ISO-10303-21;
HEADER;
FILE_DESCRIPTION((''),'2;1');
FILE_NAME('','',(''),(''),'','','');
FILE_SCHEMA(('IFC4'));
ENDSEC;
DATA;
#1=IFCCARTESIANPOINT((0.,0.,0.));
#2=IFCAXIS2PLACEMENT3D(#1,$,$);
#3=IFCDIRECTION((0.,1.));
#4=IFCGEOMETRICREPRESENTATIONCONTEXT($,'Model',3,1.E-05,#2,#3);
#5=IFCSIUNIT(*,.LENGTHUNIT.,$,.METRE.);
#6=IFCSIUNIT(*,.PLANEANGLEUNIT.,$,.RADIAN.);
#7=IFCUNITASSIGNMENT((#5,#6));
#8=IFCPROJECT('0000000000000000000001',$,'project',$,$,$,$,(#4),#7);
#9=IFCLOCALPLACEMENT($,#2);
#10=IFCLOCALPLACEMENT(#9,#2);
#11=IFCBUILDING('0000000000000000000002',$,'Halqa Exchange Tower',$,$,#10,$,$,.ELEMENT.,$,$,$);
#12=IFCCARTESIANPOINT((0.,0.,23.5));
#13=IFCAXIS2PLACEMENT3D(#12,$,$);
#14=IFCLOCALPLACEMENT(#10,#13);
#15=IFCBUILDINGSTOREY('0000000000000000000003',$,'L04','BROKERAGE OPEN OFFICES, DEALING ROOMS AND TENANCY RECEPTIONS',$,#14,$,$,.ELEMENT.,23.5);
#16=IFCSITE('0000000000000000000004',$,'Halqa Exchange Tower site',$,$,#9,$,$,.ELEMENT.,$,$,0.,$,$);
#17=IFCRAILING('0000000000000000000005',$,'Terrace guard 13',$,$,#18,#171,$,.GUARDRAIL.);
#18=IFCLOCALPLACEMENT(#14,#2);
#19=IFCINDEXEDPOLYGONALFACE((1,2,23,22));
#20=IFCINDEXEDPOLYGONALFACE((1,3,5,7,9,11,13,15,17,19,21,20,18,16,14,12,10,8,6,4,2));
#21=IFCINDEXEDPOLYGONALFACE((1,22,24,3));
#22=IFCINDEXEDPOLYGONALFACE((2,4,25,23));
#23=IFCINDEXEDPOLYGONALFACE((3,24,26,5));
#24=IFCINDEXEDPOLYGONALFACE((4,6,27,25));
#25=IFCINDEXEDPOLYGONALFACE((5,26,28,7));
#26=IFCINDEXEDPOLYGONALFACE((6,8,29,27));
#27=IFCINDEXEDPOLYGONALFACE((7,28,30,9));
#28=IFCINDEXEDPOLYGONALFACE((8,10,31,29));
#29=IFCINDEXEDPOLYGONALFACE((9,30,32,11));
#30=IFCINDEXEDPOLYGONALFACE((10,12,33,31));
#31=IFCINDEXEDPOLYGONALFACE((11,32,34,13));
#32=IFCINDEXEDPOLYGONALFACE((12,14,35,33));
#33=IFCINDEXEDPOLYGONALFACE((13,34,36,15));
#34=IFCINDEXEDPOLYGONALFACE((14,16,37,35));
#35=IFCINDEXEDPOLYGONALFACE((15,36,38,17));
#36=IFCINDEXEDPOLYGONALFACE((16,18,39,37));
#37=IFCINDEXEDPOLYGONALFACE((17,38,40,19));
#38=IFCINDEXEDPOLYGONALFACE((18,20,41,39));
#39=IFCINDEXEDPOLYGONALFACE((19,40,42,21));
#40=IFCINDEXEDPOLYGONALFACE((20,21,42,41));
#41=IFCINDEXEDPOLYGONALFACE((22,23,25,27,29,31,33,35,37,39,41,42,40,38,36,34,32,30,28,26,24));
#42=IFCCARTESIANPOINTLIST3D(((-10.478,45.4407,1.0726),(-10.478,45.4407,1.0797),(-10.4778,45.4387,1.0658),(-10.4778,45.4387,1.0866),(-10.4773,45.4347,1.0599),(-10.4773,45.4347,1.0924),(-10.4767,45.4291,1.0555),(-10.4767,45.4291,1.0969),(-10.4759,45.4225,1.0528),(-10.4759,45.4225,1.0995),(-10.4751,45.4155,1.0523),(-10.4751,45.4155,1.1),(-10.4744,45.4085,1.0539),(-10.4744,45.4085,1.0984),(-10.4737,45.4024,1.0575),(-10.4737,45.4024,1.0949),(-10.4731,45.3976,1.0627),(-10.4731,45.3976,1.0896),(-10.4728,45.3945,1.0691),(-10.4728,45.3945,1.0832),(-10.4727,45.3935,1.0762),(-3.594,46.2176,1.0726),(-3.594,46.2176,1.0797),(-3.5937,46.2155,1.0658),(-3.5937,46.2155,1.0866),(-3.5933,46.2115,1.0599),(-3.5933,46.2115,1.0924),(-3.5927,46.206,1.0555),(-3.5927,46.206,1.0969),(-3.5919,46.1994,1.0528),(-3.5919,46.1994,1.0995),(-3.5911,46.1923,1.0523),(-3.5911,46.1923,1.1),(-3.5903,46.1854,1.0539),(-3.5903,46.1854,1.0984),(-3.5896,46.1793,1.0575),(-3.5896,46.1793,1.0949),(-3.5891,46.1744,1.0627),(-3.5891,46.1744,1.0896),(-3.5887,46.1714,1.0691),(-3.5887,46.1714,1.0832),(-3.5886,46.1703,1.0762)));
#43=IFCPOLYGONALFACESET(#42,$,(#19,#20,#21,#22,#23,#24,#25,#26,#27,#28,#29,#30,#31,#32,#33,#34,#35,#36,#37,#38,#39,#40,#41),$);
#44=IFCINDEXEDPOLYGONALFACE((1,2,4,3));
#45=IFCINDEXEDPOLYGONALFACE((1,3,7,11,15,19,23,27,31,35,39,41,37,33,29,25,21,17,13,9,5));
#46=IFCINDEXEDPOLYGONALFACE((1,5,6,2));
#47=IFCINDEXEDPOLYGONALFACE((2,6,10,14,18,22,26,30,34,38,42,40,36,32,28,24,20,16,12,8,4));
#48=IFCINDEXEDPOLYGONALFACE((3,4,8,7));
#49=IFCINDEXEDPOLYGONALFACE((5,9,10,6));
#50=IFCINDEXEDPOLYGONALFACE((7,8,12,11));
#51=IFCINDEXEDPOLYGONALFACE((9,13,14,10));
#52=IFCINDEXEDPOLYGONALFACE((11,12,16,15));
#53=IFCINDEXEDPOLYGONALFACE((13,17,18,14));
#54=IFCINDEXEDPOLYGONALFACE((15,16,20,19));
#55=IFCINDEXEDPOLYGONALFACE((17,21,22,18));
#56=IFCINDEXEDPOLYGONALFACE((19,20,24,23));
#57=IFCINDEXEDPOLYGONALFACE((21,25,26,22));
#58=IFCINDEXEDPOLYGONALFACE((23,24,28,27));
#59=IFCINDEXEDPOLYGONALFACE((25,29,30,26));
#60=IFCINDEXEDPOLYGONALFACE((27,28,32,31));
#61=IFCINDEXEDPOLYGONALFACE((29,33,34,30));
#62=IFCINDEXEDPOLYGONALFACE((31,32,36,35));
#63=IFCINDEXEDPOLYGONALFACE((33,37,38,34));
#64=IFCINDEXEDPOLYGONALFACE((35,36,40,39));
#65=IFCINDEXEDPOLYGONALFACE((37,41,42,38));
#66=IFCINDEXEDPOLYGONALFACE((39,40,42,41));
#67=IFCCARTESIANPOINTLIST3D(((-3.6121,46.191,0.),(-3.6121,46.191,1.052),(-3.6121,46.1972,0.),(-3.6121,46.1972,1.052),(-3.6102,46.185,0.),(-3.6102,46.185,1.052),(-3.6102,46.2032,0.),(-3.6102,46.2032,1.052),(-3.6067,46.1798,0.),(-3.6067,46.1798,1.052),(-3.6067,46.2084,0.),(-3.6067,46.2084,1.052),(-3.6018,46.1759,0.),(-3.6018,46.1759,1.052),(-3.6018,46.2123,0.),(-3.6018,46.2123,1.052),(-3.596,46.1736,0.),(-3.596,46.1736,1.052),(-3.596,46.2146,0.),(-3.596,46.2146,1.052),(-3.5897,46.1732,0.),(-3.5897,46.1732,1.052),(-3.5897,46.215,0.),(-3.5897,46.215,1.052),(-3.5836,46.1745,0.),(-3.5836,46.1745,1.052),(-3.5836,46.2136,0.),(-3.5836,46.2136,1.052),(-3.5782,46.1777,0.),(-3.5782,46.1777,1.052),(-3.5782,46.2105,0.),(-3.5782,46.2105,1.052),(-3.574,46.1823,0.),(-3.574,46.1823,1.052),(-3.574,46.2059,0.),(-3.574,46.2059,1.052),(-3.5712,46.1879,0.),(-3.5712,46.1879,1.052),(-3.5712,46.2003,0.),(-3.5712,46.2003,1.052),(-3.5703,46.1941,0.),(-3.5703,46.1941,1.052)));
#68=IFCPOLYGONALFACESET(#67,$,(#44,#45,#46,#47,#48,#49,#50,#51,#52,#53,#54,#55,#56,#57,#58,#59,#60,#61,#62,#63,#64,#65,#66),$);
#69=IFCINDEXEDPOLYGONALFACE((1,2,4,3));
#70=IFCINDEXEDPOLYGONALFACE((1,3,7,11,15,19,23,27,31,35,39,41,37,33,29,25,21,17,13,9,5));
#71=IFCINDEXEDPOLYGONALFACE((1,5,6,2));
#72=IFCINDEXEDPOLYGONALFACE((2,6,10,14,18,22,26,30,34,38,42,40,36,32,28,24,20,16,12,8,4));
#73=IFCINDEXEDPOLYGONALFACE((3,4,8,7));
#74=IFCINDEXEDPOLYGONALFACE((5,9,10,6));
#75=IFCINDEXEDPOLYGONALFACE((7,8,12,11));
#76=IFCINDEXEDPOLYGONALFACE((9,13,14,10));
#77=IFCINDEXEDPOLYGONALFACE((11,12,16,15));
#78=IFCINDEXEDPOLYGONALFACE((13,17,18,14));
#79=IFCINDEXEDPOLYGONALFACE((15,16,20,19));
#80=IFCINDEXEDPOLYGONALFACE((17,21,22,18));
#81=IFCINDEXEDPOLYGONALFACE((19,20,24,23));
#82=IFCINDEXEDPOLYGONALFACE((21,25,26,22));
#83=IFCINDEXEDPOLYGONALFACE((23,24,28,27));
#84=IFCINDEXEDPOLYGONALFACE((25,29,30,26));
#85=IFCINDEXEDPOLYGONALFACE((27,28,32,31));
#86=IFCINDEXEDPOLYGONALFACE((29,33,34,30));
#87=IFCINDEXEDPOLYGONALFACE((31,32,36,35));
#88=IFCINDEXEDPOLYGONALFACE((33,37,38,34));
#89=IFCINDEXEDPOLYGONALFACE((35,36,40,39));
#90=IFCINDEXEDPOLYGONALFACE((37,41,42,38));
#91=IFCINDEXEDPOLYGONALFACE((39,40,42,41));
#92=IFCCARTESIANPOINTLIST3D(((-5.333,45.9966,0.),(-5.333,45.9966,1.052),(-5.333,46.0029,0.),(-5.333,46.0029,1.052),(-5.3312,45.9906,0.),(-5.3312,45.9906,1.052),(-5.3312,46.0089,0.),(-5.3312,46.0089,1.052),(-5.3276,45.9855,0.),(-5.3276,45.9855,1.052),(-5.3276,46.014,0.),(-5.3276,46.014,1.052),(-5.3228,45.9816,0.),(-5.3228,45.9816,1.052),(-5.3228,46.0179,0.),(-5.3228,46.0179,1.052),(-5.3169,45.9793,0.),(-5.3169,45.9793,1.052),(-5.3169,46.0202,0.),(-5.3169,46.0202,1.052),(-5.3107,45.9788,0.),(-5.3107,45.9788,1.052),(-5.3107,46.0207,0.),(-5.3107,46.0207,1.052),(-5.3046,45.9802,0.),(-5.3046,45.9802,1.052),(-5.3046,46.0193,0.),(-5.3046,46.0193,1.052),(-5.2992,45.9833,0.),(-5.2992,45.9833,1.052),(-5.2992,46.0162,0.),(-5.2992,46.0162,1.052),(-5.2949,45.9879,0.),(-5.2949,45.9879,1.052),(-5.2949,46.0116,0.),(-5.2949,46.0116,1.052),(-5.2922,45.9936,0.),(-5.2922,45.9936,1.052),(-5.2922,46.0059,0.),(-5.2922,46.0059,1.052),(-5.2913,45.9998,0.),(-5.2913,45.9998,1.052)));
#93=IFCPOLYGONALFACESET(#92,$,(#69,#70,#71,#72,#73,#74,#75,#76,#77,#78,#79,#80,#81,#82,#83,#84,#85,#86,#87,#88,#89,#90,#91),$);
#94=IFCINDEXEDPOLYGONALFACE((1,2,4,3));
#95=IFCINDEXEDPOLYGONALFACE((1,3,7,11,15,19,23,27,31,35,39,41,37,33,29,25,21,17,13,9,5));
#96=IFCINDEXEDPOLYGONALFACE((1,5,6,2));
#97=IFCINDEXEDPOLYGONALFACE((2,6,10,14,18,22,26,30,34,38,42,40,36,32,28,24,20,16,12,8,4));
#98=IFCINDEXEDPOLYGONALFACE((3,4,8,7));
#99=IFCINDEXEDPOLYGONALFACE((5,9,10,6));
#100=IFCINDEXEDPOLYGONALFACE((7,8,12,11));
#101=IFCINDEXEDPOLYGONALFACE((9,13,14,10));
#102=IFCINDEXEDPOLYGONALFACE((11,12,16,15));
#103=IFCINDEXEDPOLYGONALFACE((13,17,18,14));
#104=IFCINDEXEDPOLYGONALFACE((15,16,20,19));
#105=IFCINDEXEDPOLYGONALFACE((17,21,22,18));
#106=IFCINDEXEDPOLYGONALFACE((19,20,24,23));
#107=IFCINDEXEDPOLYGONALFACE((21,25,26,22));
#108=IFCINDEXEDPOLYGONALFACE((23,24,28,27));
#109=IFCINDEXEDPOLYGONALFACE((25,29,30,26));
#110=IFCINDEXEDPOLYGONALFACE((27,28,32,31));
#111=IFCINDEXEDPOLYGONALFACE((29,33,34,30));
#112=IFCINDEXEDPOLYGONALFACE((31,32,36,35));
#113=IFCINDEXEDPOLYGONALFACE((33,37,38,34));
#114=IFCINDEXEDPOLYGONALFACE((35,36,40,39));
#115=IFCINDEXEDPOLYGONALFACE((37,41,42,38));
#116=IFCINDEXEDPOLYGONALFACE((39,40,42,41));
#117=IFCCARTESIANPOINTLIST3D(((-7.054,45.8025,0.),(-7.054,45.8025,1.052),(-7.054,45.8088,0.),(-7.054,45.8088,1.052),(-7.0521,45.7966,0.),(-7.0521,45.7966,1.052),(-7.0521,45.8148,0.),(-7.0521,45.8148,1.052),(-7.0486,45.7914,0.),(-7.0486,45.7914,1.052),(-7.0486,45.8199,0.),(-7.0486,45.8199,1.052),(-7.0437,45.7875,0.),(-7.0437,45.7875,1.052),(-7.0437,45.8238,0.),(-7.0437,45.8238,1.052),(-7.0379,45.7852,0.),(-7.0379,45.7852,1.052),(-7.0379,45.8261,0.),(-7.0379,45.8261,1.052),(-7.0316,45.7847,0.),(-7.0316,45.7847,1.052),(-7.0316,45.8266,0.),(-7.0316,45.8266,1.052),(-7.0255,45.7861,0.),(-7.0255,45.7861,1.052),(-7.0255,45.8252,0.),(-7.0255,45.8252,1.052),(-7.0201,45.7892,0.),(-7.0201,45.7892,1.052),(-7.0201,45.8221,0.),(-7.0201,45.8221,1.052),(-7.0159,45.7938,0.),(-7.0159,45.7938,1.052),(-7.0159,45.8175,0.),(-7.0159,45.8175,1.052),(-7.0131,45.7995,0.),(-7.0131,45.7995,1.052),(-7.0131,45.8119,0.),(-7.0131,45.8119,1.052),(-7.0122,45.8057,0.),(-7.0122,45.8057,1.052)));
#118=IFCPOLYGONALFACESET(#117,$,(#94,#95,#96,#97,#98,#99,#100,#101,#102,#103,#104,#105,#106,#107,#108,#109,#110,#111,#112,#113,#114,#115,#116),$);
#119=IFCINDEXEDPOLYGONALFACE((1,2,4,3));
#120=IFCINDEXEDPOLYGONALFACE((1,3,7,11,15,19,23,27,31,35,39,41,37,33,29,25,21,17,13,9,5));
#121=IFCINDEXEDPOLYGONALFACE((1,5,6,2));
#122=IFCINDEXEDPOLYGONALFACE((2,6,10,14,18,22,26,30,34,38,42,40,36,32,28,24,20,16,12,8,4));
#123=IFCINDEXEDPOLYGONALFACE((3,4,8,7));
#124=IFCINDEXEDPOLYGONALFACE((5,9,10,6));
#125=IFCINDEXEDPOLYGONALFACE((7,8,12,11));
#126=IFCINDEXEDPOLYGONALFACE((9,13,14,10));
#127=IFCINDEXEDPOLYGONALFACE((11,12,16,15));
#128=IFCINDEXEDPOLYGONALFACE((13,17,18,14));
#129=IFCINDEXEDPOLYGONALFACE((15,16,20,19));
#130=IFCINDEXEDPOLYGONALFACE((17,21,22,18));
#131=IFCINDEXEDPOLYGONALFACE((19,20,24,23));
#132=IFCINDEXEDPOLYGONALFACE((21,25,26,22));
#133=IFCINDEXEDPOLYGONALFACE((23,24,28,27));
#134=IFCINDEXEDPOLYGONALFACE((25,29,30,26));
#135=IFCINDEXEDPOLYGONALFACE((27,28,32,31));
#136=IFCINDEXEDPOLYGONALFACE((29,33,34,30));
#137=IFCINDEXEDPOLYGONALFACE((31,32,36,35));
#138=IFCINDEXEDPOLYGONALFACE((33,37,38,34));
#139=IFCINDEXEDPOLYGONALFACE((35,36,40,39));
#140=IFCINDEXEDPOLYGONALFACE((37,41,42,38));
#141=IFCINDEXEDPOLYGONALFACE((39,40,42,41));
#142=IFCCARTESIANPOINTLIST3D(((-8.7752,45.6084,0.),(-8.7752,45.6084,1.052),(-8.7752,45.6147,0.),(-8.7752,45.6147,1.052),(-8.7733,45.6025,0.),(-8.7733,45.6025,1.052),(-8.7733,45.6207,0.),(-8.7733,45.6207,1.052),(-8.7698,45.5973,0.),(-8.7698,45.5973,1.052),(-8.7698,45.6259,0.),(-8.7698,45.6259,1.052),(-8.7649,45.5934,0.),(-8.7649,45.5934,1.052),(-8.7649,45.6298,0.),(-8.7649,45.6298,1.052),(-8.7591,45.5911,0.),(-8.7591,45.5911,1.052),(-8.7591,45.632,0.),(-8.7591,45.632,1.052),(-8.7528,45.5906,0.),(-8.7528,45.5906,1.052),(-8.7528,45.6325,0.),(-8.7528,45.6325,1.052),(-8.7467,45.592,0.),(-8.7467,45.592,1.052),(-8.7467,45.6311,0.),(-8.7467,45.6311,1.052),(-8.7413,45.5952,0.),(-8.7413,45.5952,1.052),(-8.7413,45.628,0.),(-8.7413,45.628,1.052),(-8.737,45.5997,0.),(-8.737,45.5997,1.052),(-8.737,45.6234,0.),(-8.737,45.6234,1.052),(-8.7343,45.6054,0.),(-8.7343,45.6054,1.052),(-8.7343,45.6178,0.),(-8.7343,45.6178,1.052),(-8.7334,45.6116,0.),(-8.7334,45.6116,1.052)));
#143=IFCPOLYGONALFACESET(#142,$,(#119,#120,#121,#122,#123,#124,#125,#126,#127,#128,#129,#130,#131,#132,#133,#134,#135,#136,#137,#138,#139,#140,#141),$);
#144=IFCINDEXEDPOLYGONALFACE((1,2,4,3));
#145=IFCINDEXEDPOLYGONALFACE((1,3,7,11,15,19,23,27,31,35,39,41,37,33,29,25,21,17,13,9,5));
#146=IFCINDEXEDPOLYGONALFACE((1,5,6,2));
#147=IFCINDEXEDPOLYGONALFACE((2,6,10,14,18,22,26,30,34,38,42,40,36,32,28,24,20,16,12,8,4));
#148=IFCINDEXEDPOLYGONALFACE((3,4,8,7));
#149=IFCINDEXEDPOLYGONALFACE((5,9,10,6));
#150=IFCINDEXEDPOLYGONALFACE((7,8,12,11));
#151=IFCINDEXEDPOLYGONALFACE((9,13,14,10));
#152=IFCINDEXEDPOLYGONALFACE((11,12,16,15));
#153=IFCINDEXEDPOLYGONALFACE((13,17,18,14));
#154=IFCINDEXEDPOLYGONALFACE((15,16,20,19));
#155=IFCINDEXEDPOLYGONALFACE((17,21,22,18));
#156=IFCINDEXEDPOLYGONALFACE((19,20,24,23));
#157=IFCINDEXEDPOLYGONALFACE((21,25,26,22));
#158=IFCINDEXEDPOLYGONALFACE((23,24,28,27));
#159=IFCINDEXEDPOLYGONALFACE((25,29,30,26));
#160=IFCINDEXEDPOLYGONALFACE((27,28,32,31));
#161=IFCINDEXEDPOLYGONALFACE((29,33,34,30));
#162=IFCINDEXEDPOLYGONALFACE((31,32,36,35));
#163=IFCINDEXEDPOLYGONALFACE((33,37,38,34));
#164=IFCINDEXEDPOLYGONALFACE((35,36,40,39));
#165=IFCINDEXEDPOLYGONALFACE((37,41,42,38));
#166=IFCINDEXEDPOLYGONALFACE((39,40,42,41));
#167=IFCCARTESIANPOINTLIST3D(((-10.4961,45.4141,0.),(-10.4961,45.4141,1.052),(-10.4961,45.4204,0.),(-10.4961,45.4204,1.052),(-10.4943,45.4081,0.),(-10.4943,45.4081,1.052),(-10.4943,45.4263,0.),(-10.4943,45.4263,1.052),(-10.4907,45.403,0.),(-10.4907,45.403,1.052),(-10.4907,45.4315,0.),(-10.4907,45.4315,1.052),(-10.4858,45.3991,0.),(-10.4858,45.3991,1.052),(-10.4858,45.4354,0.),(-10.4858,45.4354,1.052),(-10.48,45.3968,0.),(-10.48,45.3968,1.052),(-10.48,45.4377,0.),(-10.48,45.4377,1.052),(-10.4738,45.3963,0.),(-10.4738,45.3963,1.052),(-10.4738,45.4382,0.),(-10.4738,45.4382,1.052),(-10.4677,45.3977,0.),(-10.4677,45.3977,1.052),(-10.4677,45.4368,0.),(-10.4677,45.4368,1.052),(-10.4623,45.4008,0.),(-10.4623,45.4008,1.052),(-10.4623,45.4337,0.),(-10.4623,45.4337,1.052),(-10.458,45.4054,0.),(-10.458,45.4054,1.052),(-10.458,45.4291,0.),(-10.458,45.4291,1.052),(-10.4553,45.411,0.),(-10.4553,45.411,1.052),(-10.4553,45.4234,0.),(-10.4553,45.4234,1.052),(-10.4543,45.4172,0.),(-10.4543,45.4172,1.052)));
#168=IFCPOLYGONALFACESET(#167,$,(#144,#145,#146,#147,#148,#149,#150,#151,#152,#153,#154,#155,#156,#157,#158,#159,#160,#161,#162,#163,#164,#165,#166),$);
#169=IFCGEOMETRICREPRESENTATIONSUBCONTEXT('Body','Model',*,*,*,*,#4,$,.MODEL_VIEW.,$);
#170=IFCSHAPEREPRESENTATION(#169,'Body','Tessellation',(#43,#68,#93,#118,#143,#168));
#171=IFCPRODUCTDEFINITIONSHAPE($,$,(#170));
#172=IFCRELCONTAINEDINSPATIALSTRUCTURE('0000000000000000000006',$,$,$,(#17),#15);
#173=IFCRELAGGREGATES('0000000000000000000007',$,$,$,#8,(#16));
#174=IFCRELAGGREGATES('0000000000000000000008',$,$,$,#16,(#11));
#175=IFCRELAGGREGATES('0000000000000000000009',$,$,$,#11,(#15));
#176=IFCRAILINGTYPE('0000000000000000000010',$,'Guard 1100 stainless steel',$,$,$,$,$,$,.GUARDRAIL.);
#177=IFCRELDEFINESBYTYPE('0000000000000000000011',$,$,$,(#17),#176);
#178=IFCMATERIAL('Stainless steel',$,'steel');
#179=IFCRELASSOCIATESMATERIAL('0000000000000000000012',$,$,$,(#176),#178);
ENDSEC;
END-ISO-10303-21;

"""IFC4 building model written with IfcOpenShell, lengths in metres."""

from ifc_helpers import new_model, si_unit, direction, frame, origin, origin_2d, place, context, subcontext, project, spatial, circle, extrude, material, type_object, element, save


model = new_model("IFC4")

# Units and contexts
model_context = context("Model", 3, precision=1e-05, world=origin(), true_north=direction((0.0, 1.0)))
body_context = subcontext(model_context, "Body", "Model", "MODEL_VIEW")
ifc_project = project(units=[si_unit("LENGTHUNIT", "METRE"), si_unit("PLANEANGLEUNIT", "RADIAN")], contexts=[model_context])

# Site, building, storey
site_placement = place(None, origin())
site = spatial("IfcSite", under=ifc_project, at=site_placement, Name="Halqa Exchange Tower site", CompositionType="ELEMENT", RefElevation=0.0)
building_placement = place(site_placement, origin())
building = spatial("IfcBuilding", under=site, at=building_placement, Name="Halqa Exchange Tower", CompositionType="ELEMENT")
storey_placement = place(building_placement, frame((0.0, 0.0, 23.5)))
storey = spatial("IfcBuildingStorey", under=building, at=storey_placement, Name="L04", Description="BROKERAGE OPEN OFFICES, DEALING ROOMS AND TENANCY RECEPTIONS", CompositionType="ELEMENT", Elevation=23.5)

# Railing
ifc_material_1 = material(Name="Stainless steel", Category="steel")
railing_type = type_object("IfcRailingType", Name="Guard 1100 stainless steel", PredefinedType="GUARDRAIL", material=ifc_material_1)
railing_1_placement = place(storey_placement, frame((-3.5913, 46.1941, 0.0)))
element("IfcRailing", 1, at=railing_1_placement, inside=storey, type_object=railing_type, Name="Terrace guard 13", PredefinedType="GUARDRAIL", context=body_context, shape_type="SweptSolid", body=[
    extrude(circle(Radius=0.0239, at=origin_2d()), frame((0.0, 0.0, 1.0762), z_axis=(-0.993693, -0.112137, 0.0), x_axis=(0.112137, -0.993693, 0.0)), (0.0, 0.0, 1.0), 6.9277),
    extrude(circle(Radius=0.021, at=origin_2d()), origin(), (0.0, 0.0, 1.0), 1.052),
    extrude(circle(Radius=0.021, at=origin_2d()), frame((-1.7209, -0.1943, 0.0)), (0.0, 0.0, 1.0), 1.052),
    extrude(circle(Radius=0.021, at=origin_2d()), frame((-3.4419, -0.3884, 0.0)), (0.0, 0.0, 1.0), 1.052),
    extrude(circle(Radius=0.021, at=origin_2d()), frame((-5.1631, -0.5825, 0.0)), (0.0, 0.0, 1.0), 1.052),
    extrude(circle(Radius=0.021, at=origin_2d()), frame((-6.884, -0.7769, 0.0)), (0.0, 0.0, 1.0), 1.052),
])

save(model, "model.ifc")
